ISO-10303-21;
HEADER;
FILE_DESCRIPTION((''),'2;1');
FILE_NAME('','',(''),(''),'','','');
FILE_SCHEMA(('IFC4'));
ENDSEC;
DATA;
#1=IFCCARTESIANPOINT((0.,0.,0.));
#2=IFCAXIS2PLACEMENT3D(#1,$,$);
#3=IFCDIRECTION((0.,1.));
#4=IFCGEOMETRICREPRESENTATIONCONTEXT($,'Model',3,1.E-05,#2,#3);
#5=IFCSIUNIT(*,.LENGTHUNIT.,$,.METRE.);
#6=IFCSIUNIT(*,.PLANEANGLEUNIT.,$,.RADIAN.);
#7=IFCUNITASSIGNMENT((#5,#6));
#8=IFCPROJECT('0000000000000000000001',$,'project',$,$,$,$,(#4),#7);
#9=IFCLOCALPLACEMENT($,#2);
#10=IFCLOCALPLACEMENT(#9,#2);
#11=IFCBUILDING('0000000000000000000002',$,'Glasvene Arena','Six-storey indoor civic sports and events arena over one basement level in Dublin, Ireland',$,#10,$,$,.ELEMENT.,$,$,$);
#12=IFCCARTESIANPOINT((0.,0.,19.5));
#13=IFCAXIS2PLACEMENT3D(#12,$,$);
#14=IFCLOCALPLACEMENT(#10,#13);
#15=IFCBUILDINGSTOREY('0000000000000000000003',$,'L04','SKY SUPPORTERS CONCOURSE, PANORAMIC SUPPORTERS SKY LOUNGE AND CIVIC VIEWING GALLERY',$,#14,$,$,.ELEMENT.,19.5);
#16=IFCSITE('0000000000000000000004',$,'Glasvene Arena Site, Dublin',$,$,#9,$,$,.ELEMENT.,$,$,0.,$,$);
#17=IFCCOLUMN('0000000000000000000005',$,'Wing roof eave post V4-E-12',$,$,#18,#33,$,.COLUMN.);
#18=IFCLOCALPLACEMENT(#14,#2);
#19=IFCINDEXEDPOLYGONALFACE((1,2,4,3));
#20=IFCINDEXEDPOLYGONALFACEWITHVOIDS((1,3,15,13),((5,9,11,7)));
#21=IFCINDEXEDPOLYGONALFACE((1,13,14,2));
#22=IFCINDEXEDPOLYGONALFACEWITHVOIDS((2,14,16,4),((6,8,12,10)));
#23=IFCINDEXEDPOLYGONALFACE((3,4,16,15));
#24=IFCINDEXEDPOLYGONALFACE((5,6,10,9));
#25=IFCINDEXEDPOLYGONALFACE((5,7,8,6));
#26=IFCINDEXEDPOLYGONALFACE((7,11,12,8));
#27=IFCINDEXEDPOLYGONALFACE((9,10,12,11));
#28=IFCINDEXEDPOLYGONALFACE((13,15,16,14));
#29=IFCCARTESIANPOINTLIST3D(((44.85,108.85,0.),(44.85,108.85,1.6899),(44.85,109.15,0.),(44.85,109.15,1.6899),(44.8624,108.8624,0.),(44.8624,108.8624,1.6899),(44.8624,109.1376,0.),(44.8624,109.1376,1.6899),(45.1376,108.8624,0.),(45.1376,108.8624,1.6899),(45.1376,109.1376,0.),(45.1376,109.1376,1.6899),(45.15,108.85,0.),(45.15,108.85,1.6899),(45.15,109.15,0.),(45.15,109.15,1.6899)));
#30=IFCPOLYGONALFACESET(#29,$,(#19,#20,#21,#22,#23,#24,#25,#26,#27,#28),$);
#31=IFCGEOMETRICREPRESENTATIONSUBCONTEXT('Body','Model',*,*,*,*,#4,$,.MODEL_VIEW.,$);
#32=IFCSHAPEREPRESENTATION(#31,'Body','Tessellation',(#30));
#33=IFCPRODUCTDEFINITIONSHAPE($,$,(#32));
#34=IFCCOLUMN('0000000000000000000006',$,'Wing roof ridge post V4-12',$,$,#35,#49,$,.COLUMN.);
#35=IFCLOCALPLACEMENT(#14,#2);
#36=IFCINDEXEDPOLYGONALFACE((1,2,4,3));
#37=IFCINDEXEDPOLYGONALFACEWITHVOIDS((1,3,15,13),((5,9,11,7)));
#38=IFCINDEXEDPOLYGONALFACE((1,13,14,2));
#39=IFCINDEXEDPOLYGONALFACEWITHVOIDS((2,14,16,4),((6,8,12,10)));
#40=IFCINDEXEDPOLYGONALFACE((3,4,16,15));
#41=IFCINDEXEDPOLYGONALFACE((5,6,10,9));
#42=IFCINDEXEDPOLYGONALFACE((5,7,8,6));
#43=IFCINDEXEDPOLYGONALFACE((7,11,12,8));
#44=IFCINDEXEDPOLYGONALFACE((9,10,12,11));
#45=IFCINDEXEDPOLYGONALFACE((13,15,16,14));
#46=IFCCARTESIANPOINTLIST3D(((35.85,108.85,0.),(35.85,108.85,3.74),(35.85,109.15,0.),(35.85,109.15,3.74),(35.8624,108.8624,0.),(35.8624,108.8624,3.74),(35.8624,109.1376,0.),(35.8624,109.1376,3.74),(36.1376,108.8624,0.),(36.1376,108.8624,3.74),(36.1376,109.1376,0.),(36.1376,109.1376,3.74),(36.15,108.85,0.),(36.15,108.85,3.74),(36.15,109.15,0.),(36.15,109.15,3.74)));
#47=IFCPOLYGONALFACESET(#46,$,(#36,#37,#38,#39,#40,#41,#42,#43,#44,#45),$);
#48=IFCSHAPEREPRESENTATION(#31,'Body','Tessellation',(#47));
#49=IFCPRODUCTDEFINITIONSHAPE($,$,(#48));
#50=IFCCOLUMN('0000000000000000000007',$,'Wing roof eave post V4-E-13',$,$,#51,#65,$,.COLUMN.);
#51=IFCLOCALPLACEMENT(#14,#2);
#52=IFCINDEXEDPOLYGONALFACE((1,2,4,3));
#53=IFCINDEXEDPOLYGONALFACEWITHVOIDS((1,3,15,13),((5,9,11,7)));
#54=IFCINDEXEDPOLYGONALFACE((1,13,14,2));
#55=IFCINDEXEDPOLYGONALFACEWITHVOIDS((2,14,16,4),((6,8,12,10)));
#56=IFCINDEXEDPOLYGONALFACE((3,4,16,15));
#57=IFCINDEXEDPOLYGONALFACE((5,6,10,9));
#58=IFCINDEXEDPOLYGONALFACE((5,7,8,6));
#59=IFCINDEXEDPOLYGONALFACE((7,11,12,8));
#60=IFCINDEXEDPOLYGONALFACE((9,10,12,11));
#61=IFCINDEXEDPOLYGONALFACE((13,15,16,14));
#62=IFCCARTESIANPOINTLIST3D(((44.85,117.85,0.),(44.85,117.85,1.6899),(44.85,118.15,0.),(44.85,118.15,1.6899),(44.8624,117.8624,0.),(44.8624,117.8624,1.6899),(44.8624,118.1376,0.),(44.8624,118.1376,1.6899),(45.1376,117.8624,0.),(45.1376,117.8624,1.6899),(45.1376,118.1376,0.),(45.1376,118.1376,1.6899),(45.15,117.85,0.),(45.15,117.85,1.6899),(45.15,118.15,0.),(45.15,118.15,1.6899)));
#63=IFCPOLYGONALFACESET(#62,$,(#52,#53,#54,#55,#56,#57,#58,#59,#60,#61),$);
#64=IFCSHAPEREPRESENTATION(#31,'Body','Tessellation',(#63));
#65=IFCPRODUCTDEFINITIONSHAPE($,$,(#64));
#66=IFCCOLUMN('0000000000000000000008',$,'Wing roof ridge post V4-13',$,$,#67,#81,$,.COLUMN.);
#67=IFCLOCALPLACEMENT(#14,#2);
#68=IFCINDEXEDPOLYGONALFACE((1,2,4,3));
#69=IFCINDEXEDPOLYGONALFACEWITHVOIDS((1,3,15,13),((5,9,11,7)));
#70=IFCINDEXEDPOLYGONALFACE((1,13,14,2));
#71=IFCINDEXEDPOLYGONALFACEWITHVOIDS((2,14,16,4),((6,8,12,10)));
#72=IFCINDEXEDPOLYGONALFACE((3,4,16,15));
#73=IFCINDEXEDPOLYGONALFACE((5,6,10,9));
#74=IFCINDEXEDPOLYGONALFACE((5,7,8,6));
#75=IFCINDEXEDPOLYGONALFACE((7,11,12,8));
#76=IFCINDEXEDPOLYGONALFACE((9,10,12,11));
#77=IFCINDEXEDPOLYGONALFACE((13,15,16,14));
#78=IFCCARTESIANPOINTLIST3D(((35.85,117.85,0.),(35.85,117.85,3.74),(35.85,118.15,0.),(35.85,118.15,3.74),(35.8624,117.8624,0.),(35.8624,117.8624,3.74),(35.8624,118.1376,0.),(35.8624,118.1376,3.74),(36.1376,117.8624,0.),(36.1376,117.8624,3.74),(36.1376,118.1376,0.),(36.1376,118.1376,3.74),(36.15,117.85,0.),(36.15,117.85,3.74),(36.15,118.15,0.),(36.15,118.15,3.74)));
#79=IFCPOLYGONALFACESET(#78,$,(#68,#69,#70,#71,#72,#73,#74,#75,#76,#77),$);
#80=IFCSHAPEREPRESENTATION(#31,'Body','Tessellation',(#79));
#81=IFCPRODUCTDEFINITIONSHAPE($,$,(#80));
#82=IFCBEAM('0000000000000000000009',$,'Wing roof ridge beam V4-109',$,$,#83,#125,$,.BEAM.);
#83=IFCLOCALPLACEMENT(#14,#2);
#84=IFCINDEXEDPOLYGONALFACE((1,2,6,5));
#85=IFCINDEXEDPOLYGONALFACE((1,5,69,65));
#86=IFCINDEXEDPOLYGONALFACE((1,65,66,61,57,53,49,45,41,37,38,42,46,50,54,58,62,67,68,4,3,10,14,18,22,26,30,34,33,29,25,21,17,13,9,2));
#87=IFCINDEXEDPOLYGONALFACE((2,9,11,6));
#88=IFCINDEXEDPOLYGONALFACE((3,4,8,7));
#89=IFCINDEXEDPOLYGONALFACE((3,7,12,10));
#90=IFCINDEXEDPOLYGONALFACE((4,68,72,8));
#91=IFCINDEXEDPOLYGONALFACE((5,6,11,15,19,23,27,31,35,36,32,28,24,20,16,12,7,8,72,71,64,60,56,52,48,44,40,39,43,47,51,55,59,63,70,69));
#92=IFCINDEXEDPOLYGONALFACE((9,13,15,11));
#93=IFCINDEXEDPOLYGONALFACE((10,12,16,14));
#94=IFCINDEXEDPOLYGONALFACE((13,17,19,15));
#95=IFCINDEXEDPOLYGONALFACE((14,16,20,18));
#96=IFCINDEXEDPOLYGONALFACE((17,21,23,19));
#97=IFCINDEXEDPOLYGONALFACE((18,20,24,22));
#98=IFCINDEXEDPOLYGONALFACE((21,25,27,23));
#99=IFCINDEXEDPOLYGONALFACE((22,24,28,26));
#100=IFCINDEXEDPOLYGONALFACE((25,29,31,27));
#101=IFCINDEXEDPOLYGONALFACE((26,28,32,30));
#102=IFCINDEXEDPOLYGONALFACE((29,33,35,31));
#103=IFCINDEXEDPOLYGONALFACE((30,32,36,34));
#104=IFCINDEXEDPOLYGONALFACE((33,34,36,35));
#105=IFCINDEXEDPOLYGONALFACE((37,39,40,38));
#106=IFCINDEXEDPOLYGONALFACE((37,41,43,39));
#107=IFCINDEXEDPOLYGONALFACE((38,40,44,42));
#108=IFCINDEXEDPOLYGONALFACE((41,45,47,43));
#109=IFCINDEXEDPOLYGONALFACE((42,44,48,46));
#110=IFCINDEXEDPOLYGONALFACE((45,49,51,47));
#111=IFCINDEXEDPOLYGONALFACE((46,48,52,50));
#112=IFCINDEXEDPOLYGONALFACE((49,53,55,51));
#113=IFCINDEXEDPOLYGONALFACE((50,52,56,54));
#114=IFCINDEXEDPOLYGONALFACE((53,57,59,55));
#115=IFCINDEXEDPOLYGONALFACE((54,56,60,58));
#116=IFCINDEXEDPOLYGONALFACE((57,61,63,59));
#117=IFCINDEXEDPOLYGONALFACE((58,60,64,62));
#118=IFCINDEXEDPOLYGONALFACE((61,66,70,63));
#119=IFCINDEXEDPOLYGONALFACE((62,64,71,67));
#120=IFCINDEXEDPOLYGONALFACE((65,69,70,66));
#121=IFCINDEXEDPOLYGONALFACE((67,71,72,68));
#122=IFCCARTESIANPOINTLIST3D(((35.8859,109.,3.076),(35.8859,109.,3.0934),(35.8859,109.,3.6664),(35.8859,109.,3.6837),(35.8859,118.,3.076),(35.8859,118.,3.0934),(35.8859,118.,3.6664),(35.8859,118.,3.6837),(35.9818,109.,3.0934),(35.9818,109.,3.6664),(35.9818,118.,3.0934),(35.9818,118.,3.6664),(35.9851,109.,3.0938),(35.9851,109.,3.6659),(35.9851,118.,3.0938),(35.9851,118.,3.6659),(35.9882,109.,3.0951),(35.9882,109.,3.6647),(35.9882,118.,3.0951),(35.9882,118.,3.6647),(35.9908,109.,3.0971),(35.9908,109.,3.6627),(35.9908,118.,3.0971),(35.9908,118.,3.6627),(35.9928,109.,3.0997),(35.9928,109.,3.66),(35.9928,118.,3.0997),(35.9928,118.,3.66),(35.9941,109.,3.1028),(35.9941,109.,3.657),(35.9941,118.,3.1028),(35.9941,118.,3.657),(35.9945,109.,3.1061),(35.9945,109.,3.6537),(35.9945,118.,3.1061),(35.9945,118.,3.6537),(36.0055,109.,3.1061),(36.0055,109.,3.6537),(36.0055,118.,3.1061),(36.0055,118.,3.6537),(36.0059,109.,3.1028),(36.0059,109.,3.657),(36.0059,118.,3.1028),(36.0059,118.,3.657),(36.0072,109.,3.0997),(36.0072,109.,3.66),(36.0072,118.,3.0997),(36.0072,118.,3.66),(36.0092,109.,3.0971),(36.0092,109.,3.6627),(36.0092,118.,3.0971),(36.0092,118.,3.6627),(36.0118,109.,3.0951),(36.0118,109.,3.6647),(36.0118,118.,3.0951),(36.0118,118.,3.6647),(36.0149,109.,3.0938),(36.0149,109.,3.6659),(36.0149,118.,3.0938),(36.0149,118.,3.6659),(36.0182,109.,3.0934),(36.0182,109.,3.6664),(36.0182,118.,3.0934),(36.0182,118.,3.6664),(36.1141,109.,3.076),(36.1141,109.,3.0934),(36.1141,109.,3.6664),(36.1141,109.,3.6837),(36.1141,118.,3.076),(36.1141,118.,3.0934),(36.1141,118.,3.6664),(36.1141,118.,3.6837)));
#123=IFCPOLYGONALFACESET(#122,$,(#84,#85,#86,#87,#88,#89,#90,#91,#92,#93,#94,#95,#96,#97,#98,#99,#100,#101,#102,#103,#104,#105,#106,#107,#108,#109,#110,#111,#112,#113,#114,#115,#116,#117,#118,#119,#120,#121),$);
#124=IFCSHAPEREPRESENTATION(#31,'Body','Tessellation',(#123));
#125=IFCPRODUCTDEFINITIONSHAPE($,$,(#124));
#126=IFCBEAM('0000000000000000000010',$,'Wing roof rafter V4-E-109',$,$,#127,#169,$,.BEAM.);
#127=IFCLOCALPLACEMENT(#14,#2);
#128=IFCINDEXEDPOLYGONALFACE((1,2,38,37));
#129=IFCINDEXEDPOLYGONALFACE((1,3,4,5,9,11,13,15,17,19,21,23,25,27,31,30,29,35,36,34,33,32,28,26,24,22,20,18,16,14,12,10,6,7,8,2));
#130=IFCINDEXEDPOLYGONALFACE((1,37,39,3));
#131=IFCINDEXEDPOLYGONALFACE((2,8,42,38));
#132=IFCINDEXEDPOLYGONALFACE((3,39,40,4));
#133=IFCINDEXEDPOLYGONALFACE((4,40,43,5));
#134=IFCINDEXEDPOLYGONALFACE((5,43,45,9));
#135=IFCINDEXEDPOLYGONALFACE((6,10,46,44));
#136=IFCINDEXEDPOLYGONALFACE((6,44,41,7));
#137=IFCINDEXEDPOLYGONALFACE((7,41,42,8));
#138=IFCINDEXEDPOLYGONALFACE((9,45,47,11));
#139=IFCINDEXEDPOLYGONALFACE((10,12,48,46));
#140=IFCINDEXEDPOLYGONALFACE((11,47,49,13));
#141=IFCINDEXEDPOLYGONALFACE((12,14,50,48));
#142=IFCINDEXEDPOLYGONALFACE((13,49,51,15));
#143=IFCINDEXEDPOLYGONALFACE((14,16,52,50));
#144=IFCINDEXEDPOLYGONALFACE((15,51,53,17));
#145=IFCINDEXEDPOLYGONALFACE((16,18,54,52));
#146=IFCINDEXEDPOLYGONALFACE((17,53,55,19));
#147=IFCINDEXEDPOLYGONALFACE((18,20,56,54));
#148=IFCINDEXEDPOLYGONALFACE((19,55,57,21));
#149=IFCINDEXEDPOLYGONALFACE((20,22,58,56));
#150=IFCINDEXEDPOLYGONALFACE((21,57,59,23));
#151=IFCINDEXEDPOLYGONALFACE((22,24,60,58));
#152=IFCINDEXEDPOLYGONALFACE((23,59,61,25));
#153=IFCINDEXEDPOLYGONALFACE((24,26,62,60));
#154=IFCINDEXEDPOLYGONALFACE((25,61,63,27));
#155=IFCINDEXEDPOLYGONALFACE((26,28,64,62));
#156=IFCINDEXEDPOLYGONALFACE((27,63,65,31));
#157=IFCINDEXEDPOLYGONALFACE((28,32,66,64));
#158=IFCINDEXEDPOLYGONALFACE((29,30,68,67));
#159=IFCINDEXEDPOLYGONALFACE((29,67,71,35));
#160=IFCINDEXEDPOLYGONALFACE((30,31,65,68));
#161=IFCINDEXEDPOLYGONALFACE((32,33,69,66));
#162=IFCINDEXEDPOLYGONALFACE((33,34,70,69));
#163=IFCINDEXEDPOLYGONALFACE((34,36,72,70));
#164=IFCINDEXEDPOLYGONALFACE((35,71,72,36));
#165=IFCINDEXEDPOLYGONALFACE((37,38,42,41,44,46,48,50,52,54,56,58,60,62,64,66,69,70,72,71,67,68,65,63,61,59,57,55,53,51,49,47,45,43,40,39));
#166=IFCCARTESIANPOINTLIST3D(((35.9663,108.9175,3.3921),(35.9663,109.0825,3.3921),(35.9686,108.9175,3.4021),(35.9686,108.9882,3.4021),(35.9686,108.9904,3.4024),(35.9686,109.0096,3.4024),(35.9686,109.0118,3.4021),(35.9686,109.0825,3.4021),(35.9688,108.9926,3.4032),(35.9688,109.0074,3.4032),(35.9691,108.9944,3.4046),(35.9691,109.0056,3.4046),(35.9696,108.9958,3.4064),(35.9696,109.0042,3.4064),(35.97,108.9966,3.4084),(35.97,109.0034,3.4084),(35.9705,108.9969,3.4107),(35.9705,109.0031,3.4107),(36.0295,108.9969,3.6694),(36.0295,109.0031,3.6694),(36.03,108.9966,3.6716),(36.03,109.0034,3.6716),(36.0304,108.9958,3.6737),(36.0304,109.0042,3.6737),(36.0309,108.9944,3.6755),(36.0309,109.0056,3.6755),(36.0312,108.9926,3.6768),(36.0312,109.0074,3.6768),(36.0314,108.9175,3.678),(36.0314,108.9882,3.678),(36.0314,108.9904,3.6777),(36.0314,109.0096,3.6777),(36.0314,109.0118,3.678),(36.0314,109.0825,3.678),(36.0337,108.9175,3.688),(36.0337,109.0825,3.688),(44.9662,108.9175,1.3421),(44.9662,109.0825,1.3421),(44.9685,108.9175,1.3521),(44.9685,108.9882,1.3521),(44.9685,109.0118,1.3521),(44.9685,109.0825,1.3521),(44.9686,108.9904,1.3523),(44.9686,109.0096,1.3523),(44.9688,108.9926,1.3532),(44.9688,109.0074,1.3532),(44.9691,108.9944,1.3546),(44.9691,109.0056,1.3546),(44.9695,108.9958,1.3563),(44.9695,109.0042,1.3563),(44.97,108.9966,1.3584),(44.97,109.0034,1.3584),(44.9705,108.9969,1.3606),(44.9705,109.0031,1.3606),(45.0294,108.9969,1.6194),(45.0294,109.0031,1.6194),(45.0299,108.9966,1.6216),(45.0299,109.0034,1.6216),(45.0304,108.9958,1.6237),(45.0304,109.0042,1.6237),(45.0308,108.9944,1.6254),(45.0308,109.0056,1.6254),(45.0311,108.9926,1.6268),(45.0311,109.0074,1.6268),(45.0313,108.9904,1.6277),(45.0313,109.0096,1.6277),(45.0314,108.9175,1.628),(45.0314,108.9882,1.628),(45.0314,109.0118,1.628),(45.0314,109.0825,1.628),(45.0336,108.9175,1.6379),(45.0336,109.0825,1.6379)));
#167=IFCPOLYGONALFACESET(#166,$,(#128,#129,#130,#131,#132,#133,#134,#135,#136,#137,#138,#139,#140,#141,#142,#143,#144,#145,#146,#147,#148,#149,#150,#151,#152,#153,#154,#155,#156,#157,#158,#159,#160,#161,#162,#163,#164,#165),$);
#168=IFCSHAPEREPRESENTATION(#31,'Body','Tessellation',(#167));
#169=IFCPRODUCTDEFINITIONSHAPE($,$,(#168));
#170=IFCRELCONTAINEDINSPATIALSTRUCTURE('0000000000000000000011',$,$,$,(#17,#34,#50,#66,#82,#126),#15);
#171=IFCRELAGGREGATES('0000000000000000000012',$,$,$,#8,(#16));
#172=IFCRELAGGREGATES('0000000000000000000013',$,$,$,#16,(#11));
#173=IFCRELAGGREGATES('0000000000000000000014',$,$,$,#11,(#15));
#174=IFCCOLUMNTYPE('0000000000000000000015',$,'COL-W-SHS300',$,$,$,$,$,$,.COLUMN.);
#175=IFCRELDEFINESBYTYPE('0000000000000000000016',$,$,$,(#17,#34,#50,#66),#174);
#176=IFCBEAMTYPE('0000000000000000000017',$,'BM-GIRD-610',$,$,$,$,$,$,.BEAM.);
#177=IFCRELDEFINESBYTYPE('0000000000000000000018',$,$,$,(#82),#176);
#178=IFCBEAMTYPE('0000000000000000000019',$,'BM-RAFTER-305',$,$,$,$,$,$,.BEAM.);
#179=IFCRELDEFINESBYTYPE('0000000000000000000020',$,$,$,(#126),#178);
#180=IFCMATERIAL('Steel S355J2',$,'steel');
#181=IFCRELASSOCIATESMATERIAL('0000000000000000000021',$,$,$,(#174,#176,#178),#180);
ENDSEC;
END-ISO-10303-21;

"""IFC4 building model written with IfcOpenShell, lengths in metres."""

from ifc_helpers import new_model, si_unit, direction, frame, origin, origin_2d, place, context, subcontext, project, spatial, hollow_rectangle, i_section, extrude, material, material_profile, profile_set, type_object, element, save


model = new_model("IFC4")

# Units and contexts
model_context = context("Model", 3, precision=1e-05, world=origin(), true_north=direction((0.0, 1.0)))
body_context = subcontext(model_context, "Body", "Model", "MODEL_VIEW")
ifc_project = project(units=[si_unit("LENGTHUNIT", "METRE"), si_unit("PLANEANGLEUNIT", "RADIAN")], contexts=[model_context])

# Site, building, storey
site_placement = place(None, origin())
site = spatial("IfcSite", under=ifc_project, at=site_placement, Name="Glasvene Arena Site, Dublin", CompositionType="ELEMENT", RefElevation=0.0)
building_placement = place(site_placement, origin())
building = spatial("IfcBuilding", under=site, at=building_placement, Name="Glasvene Arena", Description="Six-storey indoor civic sports and events arena over one basement level in Dublin, Ireland", CompositionType="ELEMENT")
storey_placement = place(building_placement, frame((0.0, 0.0, 19.5)))
storey = spatial("IfcBuildingStorey", under=building, at=storey_placement, Name="L04", Description="SKY SUPPORTERS CONCOURSE, PANORAMIC SUPPORTERS SKY LOUNGE AND CIVIC VIEWING GALLERY", CompositionType="ELEMENT", Elevation=19.5)

# Columns
ifc_material_1 = material(Name="Steel S355J2", Category="steel")
ifc_material_profile_1 = material_profile(ifc_material_1, hollow_rectangle(XDim=0.3, YDim=0.3, WallThickness=0.0125, at=origin_2d()), Name="SHS 300x300x12.5")
ifc_profile_set_1 = profile_set([ifc_material_profile_1], Name="Steel S355J2")
column_type = type_object("IfcColumnType", Name="COL-W-SHS300", PredefinedType="COLUMN", material=ifc_profile_set_1)
column_1_placement = place(storey_placement, frame((45.0, 109.0, 0.0), z_axis=(0.0, 0.0, 1.0), x_axis=(1.0, 0.0, 0.0)))
element("IfcColumn", 1, at=column_1_placement, inside=storey, type_object=column_type, Name="Wing roof eave post V4-E-12", PredefinedType="COLUMN", context=body_context, shape_type="SweptSolid", body=[
    extrude(hollow_rectangle(XDim=0.3, YDim=0.3, WallThickness=0.0125, at=origin_2d()), origin(), (0.0, 0.0, 1.0), 1.6899),
])
column_2_placement = place(storey_placement, frame((36.0, 109.0, 0.0), z_axis=(0.0, 0.0, 1.0), x_axis=(1.0, 0.0, 0.0)))
element("IfcColumn", 2, at=column_2_placement, inside=storey, type_object=column_type, Name="Wing roof ridge post V4-12", PredefinedType="COLUMN", context=body_context, shape_type="SweptSolid", body=[
    extrude(hollow_rectangle(XDim=0.3, YDim=0.3, WallThickness=0.0125, at=origin_2d()), origin(), (0.0, 0.0, 1.0), 3.74),
])
column_3_placement = place(storey_placement, frame((45.0, 118.0, 0.0), z_axis=(0.0, 0.0, 1.0), x_axis=(1.0, 0.0, 0.0)))
element("IfcColumn", 3, at=column_3_placement, inside=storey, type_object=column_type, Name="Wing roof eave post V4-E-13", PredefinedType="COLUMN", context=body_context, shape_type="SweptSolid", body=[
    extrude(hollow_rectangle(XDim=0.3, YDim=0.3, WallThickness=0.0125, at=origin_2d()), origin(), (0.0, 0.0, 1.0), 1.6899),
])
column_4_placement = place(storey_placement, frame((36.0, 118.0, 0.0), z_axis=(0.0, 0.0, 1.0), x_axis=(1.0, 0.0, 0.0)))
element("IfcColumn", 4, at=column_4_placement, inside=storey, type_object=column_type, Name="Wing roof ridge post V4-13", PredefinedType="COLUMN", context=body_context, shape_type="SweptSolid", body=[
    extrude(hollow_rectangle(XDim=0.3, YDim=0.3, WallThickness=0.0125, at=origin_2d()), origin(), (0.0, 0.0, 1.0), 3.74),
])

# Beams
ifc_material_profile_2 = material_profile(ifc_material_1, i_section(OverallWidth=0.2283, OverallDepth=0.6077, WebThickness=0.011, FlangeThickness=0.0173, FilletRadius=0.0127, at=origin_2d()), Name="UKB 610x229x113")
ifc_profile_set_2 = profile_set([ifc_material_profile_2], Name="Steel S355J2")
beam_type_1 = type_object("IfcBeamType", Name="BM-GIRD-610", PredefinedType="BEAM", material=ifc_profile_set_2)
beam_placement = place(storey_placement, frame((36.0, 109.0, 3.3799), z_axis=(0.0, 1.0, 0.0), x_axis=(-1.0, 0.0, 0.0)))
element("IfcBeam", 5, at=beam_placement, inside=storey, type_object=beam_type_1, Name="Wing roof ridge beam V4-109", PredefinedType="BEAM", context=body_context, shape_type="SweptSolid", body=[
    extrude(i_section(OverallWidth=0.2283, OverallDepth=0.6077, WebThickness=0.011, FlangeThickness=0.0173, FilletRadius=0.0127, at=origin_2d()), origin(), (0.0, 0.0, 1.0), 9.0),
])
ifc_material_profile_3 = material_profile(ifc_material_1, i_section(OverallWidth=0.165, OverallDepth=0.3035, WebThickness=0.0061, FlangeThickness=0.0103, FilletRadius=0.0088, at=origin_2d()), Name="UKB 305x165x40")
ifc_profile_set_3 = profile_set([ifc_material_profile_3], Name="Steel S355J2")
beam_type_2 = type_object("IfcBeamType", Name="BM-RAFTER-305", PredefinedType="BEAM", material=ifc_profile_set_3)
for number, where, z_axis, x_axis, name in (
    (6, (36.0, 109.0, 3.54), (0.975025, 0.0, -0.222094), (0.0, 1.0, 0.0), "Wing roof rafter V4-E-109"),
):
    element("IfcBeam", number, at=place(storey_placement, frame(where, z_axis=z_axis, x_axis=x_axis)), inside=storey, type_object=beam_type_2, Name=name, PredefinedType="BEAM", context=body_context, shape_type="SweptSolid", body=[
        extrude(i_section(OverallWidth=0.165, OverallDepth=0.3035, WebThickness=0.0061, FlangeThickness=0.0103, FilletRadius=0.0088, at=origin_2d()), origin(), (0.0, 0.0, 1.0), 9.2305),
    ])

save(model, "model.ifc")
